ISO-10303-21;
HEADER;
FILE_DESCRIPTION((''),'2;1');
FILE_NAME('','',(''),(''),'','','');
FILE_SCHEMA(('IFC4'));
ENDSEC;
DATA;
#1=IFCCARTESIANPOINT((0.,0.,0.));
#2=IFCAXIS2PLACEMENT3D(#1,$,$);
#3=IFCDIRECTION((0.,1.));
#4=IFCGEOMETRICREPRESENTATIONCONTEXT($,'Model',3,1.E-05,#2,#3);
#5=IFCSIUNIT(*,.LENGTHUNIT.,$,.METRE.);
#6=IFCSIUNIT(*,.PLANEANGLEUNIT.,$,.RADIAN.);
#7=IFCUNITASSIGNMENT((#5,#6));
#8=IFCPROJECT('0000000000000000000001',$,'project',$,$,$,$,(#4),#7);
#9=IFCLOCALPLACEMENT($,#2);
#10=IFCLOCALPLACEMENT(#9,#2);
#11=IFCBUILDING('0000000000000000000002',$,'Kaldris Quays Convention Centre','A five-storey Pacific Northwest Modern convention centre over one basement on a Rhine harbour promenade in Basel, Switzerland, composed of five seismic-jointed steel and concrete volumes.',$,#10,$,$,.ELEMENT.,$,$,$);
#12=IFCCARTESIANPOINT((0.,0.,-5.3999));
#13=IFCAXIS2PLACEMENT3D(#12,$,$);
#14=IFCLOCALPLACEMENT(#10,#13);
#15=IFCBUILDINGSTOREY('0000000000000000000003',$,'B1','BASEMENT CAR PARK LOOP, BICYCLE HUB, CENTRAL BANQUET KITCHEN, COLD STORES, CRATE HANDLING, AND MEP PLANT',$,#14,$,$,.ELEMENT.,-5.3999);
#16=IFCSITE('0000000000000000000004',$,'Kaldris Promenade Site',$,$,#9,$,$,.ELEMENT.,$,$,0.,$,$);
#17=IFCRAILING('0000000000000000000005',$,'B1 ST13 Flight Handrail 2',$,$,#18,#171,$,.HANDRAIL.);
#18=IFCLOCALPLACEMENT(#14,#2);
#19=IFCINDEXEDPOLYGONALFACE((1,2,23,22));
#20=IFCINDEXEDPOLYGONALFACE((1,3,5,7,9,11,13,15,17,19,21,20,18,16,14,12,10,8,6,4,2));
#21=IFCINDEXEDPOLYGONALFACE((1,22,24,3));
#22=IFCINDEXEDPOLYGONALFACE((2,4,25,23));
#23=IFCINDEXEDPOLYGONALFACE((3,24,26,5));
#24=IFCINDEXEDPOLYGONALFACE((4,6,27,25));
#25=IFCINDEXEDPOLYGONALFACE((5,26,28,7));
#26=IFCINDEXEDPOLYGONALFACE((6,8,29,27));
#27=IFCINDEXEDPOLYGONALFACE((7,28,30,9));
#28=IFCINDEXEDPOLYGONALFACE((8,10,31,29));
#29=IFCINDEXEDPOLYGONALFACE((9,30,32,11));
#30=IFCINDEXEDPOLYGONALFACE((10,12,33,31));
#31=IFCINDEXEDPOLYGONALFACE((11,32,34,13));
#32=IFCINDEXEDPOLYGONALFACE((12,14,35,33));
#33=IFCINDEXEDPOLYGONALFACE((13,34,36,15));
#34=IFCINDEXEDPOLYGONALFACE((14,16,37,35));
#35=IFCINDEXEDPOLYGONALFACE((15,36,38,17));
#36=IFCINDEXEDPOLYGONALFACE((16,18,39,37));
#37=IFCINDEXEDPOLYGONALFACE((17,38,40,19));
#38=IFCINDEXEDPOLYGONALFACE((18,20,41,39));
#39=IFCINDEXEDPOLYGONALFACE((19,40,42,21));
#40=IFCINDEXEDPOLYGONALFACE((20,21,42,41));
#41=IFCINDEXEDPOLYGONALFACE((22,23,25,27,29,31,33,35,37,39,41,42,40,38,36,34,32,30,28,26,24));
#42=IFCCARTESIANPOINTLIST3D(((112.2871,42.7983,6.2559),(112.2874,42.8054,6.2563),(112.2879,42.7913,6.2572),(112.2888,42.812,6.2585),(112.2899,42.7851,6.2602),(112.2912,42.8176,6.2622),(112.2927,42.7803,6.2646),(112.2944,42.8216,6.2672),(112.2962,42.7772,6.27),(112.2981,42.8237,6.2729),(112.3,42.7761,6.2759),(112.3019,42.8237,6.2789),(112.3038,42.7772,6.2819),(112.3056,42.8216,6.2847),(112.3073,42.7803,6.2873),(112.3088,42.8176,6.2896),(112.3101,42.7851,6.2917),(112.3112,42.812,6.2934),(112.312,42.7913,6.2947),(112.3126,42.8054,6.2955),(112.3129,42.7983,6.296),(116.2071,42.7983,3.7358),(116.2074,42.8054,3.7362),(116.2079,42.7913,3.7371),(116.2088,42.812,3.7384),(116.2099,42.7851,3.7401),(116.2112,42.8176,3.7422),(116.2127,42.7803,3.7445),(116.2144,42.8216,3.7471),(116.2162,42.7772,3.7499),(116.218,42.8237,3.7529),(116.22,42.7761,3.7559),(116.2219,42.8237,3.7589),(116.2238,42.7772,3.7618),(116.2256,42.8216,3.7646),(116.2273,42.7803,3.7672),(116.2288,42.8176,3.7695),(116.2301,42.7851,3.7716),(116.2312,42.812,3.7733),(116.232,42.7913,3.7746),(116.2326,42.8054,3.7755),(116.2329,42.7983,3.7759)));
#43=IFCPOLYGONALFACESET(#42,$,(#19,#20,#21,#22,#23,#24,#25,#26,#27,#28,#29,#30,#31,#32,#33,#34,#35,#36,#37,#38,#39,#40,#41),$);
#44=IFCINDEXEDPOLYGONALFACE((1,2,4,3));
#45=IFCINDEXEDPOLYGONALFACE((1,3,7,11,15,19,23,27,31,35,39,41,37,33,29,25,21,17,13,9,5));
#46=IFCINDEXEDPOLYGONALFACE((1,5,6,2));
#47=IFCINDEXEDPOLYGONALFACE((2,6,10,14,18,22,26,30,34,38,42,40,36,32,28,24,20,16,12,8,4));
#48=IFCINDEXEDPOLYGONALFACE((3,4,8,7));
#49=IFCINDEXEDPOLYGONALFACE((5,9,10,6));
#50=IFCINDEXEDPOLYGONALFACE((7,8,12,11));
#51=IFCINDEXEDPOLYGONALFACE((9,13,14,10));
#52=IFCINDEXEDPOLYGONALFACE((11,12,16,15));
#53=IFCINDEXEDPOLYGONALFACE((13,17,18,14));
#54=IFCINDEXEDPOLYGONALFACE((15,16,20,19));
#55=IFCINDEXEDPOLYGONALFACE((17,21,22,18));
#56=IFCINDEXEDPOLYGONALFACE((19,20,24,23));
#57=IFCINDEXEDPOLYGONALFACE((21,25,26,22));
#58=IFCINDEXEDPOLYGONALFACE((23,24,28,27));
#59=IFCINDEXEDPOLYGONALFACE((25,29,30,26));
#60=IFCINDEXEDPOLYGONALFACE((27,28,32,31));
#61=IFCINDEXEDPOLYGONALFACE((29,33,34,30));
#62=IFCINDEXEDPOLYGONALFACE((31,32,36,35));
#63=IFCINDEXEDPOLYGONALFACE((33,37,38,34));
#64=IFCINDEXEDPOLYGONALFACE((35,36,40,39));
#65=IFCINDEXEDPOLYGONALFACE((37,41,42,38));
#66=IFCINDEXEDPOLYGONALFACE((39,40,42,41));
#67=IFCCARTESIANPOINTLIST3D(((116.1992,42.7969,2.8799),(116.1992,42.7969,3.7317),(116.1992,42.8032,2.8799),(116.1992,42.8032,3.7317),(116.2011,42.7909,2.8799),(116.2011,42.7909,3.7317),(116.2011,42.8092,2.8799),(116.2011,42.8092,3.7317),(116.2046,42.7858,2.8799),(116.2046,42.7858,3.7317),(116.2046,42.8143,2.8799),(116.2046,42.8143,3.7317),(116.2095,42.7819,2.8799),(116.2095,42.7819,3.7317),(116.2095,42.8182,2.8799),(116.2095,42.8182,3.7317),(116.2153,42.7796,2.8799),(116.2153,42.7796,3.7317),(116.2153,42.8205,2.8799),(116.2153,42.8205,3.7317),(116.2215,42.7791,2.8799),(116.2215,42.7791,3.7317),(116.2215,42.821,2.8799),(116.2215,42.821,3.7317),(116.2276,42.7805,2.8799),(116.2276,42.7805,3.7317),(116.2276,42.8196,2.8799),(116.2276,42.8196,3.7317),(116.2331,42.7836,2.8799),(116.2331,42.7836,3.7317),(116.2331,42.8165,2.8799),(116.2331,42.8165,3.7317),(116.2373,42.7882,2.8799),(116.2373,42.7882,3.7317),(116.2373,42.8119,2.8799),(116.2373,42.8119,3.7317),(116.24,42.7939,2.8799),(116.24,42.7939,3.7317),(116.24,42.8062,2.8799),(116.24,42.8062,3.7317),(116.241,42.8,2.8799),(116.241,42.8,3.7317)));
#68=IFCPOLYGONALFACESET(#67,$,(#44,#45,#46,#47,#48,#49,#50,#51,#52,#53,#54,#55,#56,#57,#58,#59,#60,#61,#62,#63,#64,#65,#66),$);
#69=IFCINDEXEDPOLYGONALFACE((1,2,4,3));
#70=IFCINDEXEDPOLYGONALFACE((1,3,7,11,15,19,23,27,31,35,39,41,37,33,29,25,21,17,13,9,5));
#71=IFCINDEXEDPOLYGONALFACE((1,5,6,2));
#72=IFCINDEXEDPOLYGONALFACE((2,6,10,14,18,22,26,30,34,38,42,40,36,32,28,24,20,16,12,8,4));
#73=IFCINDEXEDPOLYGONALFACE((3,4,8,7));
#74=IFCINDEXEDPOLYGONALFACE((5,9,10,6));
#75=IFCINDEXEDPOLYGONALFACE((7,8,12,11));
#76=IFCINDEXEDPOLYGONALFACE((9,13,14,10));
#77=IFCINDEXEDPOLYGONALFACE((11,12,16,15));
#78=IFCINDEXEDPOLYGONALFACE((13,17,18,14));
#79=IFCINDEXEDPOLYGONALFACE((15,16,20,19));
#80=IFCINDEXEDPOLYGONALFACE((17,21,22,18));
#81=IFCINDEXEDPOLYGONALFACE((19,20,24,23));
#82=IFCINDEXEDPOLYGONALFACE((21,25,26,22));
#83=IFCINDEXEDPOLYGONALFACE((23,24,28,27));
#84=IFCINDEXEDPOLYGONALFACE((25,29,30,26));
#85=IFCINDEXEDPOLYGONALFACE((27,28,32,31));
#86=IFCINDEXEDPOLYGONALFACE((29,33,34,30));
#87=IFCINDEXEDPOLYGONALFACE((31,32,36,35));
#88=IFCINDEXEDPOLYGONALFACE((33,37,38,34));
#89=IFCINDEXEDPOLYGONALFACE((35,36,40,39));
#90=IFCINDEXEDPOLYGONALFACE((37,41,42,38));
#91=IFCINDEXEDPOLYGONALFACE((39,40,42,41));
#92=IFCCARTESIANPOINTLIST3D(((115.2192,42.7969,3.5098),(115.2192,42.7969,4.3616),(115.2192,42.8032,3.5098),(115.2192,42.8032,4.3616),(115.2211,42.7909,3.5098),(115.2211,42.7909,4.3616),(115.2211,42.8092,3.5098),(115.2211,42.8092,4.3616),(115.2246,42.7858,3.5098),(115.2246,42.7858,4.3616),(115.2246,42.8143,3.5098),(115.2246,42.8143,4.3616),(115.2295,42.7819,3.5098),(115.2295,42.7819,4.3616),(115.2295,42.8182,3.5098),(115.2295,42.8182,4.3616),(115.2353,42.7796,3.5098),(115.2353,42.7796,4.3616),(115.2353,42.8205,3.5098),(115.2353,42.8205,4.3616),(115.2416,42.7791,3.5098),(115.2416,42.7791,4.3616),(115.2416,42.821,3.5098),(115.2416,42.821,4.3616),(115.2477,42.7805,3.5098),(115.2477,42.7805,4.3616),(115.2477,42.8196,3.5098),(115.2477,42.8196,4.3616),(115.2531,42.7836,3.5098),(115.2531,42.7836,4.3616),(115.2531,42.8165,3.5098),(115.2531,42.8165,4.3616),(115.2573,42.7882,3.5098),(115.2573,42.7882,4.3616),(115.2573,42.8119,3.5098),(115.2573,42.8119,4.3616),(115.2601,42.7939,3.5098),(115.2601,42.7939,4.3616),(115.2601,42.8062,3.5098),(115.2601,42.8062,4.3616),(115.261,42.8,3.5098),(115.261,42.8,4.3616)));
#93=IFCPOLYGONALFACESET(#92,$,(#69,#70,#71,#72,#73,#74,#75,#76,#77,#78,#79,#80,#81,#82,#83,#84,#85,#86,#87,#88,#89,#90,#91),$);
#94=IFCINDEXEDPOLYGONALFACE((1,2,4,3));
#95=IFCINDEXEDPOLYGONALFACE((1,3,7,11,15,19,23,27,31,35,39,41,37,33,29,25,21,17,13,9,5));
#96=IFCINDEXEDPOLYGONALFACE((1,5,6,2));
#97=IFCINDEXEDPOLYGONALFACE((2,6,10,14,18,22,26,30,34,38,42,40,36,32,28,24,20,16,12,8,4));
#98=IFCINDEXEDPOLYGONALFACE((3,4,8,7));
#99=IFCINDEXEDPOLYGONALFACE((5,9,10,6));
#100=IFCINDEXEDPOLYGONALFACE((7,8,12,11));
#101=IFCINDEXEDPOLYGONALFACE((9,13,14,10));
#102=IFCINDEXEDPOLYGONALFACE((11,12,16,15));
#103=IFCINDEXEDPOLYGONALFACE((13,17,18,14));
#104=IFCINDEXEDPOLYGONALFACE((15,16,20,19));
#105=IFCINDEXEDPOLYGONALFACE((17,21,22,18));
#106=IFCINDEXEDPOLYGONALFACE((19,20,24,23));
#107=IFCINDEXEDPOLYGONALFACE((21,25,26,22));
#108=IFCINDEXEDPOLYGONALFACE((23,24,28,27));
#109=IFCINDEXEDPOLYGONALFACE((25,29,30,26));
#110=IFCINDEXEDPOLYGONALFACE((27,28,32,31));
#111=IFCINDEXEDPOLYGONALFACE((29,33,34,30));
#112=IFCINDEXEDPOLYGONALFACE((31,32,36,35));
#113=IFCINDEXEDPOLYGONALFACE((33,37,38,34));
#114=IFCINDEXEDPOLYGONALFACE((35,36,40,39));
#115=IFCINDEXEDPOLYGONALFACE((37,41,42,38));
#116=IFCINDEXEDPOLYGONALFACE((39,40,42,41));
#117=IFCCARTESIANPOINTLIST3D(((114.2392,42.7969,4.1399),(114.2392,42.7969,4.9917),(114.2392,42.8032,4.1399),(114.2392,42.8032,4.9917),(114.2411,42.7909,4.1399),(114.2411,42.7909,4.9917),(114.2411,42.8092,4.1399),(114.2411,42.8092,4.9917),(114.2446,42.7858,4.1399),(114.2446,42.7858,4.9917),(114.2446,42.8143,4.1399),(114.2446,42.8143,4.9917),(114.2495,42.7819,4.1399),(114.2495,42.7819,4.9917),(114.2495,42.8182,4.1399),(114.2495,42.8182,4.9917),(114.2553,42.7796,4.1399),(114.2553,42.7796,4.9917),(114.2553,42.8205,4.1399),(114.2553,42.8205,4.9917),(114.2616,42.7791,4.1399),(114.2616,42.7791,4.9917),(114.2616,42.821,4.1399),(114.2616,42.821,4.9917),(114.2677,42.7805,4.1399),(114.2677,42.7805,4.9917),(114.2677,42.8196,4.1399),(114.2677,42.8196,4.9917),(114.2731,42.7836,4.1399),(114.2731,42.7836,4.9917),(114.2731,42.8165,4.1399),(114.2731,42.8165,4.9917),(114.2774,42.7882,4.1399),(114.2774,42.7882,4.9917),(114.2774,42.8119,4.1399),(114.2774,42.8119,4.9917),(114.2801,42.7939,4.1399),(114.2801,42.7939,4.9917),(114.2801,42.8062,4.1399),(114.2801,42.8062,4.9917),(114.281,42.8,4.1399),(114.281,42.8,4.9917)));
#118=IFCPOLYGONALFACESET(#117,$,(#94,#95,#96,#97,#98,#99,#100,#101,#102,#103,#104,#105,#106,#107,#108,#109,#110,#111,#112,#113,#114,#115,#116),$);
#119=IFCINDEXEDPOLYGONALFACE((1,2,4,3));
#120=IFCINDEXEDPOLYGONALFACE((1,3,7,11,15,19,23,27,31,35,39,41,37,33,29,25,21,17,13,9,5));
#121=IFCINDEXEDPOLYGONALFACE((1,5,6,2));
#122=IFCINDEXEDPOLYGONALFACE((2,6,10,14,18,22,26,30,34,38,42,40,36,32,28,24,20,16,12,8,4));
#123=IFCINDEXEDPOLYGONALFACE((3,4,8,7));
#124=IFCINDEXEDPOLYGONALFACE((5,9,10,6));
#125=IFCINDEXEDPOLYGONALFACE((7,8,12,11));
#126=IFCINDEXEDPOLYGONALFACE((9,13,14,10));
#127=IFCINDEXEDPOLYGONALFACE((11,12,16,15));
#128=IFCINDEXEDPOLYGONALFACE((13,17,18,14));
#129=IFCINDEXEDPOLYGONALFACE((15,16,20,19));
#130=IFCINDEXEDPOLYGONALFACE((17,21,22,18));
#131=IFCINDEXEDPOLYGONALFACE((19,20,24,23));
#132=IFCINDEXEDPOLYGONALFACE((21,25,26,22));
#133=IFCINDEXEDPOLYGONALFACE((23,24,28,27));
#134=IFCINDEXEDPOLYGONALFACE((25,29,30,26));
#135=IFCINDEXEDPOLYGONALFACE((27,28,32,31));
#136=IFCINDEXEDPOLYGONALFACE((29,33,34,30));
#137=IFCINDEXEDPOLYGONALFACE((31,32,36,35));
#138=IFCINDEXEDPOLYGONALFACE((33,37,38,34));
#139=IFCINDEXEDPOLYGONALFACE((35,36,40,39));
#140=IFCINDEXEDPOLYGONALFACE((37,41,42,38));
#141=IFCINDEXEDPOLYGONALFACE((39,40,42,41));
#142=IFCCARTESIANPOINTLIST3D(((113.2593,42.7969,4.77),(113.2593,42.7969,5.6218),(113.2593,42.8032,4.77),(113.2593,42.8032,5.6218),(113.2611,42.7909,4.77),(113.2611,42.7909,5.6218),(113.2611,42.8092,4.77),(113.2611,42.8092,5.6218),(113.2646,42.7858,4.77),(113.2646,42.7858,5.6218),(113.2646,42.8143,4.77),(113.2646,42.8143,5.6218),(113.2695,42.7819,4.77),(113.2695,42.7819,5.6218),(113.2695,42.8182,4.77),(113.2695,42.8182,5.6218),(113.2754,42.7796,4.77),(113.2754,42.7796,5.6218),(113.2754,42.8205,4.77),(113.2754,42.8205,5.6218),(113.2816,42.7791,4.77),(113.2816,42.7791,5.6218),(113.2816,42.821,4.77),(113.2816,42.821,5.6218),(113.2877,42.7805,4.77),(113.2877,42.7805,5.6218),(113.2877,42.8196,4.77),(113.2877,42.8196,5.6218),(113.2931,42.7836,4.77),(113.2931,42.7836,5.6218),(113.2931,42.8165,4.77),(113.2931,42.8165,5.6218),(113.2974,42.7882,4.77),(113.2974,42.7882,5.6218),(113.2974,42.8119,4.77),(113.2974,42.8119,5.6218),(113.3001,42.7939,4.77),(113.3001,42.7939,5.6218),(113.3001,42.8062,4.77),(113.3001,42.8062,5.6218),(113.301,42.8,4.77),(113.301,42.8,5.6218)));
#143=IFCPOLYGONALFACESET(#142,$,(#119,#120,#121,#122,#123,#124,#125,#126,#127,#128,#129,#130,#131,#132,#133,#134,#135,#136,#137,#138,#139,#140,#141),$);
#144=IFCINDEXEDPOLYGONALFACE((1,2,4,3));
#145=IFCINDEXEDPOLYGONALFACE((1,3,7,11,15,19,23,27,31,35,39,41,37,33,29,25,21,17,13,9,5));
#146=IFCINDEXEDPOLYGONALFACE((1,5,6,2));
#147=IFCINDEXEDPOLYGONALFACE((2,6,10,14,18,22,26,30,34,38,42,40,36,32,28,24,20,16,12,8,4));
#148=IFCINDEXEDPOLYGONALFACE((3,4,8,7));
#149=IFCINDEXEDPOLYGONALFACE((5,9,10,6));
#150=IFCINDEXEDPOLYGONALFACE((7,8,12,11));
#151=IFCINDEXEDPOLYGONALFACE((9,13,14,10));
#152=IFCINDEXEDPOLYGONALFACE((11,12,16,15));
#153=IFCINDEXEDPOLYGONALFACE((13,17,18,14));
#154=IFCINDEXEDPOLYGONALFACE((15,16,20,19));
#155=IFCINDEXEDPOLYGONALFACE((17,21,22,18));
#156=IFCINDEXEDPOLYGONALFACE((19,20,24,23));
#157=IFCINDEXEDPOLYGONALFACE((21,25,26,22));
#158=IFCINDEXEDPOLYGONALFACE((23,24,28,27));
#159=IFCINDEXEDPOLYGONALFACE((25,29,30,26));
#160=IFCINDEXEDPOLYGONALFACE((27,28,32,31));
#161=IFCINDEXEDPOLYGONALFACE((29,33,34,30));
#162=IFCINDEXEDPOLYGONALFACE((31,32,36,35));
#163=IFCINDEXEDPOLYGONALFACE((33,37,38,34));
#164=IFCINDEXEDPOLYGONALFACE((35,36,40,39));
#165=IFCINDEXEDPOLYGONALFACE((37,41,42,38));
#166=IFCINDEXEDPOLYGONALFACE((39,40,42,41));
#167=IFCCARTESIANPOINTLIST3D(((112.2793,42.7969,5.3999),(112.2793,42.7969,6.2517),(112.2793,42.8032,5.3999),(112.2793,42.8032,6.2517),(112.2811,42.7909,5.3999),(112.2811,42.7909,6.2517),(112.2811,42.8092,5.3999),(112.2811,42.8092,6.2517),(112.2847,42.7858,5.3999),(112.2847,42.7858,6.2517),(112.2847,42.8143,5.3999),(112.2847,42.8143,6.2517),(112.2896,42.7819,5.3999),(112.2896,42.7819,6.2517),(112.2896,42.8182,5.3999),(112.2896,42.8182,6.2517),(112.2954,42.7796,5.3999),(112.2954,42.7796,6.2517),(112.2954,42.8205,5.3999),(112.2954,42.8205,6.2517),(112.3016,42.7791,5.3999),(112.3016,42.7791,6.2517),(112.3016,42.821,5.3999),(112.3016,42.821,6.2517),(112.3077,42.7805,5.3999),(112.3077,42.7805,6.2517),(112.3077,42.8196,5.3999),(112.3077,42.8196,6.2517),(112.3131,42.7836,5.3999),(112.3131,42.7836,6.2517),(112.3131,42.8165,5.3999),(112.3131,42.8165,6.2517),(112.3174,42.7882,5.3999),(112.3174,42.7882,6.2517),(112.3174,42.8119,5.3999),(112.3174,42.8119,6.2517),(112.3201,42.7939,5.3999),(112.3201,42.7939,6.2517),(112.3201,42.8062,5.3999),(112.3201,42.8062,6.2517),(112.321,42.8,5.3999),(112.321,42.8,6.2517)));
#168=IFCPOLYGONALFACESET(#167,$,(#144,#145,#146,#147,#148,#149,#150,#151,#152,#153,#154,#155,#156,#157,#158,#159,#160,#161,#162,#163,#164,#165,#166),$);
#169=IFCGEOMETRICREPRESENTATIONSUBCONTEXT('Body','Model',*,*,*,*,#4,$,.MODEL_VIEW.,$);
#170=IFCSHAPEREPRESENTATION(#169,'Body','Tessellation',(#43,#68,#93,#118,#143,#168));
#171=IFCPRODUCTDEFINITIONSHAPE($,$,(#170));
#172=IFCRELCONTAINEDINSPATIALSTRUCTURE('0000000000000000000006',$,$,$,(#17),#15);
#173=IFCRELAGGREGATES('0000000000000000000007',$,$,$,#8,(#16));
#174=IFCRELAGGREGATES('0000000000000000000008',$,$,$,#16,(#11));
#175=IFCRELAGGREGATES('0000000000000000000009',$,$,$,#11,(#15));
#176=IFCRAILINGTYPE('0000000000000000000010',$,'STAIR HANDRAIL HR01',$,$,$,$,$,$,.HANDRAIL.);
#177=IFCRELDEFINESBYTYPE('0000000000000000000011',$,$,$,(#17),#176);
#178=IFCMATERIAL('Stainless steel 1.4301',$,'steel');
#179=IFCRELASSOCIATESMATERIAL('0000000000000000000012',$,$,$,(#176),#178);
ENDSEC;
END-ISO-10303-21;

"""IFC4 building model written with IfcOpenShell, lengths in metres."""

from ifc_helpers import new_model, si_unit, direction, frame, origin, origin_2d, place, context, subcontext, project, spatial, circle, extrude, material, type_object, element, save


model = new_model("IFC4")

# Units and contexts
model_context = context("Model", 3, precision=1e-05, world=origin(), true_north=direction((0.0, 1.0)))
body_context = subcontext(model_context, "Body", "Model", "MODEL_VIEW")
ifc_project = project(units=[si_unit("LENGTHUNIT", "METRE"), si_unit("PLANEANGLEUNIT", "RADIAN")], contexts=[model_context])

# Site, building, storey
site_placement = place(None, origin())
site = spatial("IfcSite", under=ifc_project, at=site_placement, Name="Kaldris Promenade Site", CompositionType="ELEMENT", RefElevation=0.0)
building_placement = place(site_placement, origin())
building = spatial("IfcBuilding", under=site, at=building_placement, Name="Kaldris Quays Convention Centre", Description="A five-storey Pacific Northwest Modern convention centre over one basement on a Rhine harbour promenade in Basel, Switzerland, composed of five seismic-jointed steel and concrete volumes.", CompositionType="ELEMENT")
storey_placement = place(building_placement, frame((0.0, 0.0, -5.3999)))
storey = spatial("IfcBuildingStorey", under=building, at=storey_placement, Name="B1", Description="BASEMENT CAR PARK LOOP, BICYCLE HUB, CENTRAL BANQUET KITCHEN, COLD STORES, CRATE HANDLING, AND MEP PLANT", CompositionType="ELEMENT", Elevation=-5.3999)

# Railing
ifc_material_1 = material(Name="Stainless steel 1.4301", Category="steel")
railing_type_1 = type_object("IfcRailingType", Name="STAIR HANDRAIL HR01", PredefinedType="HANDRAIL", material=ifc_material_1)
railing_1_placement = place(storey_placement, frame((116.22, 42.8, 2.8799)))
element("IfcRailing", 1, at=railing_1_placement, inside=storey, type_object=railing_type_1, Name="B1 ST13 Flight Handrail 2", PredefinedType="HANDRAIL", context=body_context, shape_type="SweptSolid", body=[
    extrude(circle(Radius=0.0239, at=origin_2d()), frame((0.0, 0.0, 0.876), z_axis=(-0.841172, 0.0, 0.540768), x_axis=(0.0, -1.0, 0.0)), (0.0, 0.0, 1.0), 4.6602),
    extrude(circle(Radius=0.021, at=origin_2d()), origin(), (0.0, 0.0, 1.0), 0.8518),
    extrude(circle(Radius=0.021, at=origin_2d()), frame((-0.98, 0.0, 0.6299)), (0.0, 0.0, 1.0), 0.8518),
    extrude(circle(Radius=0.021, at=origin_2d()), frame((-1.96, 0.0, 1.26)), (0.0, 0.0, 1.0), 0.8518),
    extrude(circle(Radius=0.021, at=origin_2d()), frame((-2.9399, 0.0, 1.8901)), (0.0, 0.0, 1.0), 0.8518),
    extrude(circle(Radius=0.021, at=origin_2d()), frame((-3.9199, 0.0, 2.52)), (0.0, 0.0, 1.0), 0.8518),
])

save(model, "model.ifc")
